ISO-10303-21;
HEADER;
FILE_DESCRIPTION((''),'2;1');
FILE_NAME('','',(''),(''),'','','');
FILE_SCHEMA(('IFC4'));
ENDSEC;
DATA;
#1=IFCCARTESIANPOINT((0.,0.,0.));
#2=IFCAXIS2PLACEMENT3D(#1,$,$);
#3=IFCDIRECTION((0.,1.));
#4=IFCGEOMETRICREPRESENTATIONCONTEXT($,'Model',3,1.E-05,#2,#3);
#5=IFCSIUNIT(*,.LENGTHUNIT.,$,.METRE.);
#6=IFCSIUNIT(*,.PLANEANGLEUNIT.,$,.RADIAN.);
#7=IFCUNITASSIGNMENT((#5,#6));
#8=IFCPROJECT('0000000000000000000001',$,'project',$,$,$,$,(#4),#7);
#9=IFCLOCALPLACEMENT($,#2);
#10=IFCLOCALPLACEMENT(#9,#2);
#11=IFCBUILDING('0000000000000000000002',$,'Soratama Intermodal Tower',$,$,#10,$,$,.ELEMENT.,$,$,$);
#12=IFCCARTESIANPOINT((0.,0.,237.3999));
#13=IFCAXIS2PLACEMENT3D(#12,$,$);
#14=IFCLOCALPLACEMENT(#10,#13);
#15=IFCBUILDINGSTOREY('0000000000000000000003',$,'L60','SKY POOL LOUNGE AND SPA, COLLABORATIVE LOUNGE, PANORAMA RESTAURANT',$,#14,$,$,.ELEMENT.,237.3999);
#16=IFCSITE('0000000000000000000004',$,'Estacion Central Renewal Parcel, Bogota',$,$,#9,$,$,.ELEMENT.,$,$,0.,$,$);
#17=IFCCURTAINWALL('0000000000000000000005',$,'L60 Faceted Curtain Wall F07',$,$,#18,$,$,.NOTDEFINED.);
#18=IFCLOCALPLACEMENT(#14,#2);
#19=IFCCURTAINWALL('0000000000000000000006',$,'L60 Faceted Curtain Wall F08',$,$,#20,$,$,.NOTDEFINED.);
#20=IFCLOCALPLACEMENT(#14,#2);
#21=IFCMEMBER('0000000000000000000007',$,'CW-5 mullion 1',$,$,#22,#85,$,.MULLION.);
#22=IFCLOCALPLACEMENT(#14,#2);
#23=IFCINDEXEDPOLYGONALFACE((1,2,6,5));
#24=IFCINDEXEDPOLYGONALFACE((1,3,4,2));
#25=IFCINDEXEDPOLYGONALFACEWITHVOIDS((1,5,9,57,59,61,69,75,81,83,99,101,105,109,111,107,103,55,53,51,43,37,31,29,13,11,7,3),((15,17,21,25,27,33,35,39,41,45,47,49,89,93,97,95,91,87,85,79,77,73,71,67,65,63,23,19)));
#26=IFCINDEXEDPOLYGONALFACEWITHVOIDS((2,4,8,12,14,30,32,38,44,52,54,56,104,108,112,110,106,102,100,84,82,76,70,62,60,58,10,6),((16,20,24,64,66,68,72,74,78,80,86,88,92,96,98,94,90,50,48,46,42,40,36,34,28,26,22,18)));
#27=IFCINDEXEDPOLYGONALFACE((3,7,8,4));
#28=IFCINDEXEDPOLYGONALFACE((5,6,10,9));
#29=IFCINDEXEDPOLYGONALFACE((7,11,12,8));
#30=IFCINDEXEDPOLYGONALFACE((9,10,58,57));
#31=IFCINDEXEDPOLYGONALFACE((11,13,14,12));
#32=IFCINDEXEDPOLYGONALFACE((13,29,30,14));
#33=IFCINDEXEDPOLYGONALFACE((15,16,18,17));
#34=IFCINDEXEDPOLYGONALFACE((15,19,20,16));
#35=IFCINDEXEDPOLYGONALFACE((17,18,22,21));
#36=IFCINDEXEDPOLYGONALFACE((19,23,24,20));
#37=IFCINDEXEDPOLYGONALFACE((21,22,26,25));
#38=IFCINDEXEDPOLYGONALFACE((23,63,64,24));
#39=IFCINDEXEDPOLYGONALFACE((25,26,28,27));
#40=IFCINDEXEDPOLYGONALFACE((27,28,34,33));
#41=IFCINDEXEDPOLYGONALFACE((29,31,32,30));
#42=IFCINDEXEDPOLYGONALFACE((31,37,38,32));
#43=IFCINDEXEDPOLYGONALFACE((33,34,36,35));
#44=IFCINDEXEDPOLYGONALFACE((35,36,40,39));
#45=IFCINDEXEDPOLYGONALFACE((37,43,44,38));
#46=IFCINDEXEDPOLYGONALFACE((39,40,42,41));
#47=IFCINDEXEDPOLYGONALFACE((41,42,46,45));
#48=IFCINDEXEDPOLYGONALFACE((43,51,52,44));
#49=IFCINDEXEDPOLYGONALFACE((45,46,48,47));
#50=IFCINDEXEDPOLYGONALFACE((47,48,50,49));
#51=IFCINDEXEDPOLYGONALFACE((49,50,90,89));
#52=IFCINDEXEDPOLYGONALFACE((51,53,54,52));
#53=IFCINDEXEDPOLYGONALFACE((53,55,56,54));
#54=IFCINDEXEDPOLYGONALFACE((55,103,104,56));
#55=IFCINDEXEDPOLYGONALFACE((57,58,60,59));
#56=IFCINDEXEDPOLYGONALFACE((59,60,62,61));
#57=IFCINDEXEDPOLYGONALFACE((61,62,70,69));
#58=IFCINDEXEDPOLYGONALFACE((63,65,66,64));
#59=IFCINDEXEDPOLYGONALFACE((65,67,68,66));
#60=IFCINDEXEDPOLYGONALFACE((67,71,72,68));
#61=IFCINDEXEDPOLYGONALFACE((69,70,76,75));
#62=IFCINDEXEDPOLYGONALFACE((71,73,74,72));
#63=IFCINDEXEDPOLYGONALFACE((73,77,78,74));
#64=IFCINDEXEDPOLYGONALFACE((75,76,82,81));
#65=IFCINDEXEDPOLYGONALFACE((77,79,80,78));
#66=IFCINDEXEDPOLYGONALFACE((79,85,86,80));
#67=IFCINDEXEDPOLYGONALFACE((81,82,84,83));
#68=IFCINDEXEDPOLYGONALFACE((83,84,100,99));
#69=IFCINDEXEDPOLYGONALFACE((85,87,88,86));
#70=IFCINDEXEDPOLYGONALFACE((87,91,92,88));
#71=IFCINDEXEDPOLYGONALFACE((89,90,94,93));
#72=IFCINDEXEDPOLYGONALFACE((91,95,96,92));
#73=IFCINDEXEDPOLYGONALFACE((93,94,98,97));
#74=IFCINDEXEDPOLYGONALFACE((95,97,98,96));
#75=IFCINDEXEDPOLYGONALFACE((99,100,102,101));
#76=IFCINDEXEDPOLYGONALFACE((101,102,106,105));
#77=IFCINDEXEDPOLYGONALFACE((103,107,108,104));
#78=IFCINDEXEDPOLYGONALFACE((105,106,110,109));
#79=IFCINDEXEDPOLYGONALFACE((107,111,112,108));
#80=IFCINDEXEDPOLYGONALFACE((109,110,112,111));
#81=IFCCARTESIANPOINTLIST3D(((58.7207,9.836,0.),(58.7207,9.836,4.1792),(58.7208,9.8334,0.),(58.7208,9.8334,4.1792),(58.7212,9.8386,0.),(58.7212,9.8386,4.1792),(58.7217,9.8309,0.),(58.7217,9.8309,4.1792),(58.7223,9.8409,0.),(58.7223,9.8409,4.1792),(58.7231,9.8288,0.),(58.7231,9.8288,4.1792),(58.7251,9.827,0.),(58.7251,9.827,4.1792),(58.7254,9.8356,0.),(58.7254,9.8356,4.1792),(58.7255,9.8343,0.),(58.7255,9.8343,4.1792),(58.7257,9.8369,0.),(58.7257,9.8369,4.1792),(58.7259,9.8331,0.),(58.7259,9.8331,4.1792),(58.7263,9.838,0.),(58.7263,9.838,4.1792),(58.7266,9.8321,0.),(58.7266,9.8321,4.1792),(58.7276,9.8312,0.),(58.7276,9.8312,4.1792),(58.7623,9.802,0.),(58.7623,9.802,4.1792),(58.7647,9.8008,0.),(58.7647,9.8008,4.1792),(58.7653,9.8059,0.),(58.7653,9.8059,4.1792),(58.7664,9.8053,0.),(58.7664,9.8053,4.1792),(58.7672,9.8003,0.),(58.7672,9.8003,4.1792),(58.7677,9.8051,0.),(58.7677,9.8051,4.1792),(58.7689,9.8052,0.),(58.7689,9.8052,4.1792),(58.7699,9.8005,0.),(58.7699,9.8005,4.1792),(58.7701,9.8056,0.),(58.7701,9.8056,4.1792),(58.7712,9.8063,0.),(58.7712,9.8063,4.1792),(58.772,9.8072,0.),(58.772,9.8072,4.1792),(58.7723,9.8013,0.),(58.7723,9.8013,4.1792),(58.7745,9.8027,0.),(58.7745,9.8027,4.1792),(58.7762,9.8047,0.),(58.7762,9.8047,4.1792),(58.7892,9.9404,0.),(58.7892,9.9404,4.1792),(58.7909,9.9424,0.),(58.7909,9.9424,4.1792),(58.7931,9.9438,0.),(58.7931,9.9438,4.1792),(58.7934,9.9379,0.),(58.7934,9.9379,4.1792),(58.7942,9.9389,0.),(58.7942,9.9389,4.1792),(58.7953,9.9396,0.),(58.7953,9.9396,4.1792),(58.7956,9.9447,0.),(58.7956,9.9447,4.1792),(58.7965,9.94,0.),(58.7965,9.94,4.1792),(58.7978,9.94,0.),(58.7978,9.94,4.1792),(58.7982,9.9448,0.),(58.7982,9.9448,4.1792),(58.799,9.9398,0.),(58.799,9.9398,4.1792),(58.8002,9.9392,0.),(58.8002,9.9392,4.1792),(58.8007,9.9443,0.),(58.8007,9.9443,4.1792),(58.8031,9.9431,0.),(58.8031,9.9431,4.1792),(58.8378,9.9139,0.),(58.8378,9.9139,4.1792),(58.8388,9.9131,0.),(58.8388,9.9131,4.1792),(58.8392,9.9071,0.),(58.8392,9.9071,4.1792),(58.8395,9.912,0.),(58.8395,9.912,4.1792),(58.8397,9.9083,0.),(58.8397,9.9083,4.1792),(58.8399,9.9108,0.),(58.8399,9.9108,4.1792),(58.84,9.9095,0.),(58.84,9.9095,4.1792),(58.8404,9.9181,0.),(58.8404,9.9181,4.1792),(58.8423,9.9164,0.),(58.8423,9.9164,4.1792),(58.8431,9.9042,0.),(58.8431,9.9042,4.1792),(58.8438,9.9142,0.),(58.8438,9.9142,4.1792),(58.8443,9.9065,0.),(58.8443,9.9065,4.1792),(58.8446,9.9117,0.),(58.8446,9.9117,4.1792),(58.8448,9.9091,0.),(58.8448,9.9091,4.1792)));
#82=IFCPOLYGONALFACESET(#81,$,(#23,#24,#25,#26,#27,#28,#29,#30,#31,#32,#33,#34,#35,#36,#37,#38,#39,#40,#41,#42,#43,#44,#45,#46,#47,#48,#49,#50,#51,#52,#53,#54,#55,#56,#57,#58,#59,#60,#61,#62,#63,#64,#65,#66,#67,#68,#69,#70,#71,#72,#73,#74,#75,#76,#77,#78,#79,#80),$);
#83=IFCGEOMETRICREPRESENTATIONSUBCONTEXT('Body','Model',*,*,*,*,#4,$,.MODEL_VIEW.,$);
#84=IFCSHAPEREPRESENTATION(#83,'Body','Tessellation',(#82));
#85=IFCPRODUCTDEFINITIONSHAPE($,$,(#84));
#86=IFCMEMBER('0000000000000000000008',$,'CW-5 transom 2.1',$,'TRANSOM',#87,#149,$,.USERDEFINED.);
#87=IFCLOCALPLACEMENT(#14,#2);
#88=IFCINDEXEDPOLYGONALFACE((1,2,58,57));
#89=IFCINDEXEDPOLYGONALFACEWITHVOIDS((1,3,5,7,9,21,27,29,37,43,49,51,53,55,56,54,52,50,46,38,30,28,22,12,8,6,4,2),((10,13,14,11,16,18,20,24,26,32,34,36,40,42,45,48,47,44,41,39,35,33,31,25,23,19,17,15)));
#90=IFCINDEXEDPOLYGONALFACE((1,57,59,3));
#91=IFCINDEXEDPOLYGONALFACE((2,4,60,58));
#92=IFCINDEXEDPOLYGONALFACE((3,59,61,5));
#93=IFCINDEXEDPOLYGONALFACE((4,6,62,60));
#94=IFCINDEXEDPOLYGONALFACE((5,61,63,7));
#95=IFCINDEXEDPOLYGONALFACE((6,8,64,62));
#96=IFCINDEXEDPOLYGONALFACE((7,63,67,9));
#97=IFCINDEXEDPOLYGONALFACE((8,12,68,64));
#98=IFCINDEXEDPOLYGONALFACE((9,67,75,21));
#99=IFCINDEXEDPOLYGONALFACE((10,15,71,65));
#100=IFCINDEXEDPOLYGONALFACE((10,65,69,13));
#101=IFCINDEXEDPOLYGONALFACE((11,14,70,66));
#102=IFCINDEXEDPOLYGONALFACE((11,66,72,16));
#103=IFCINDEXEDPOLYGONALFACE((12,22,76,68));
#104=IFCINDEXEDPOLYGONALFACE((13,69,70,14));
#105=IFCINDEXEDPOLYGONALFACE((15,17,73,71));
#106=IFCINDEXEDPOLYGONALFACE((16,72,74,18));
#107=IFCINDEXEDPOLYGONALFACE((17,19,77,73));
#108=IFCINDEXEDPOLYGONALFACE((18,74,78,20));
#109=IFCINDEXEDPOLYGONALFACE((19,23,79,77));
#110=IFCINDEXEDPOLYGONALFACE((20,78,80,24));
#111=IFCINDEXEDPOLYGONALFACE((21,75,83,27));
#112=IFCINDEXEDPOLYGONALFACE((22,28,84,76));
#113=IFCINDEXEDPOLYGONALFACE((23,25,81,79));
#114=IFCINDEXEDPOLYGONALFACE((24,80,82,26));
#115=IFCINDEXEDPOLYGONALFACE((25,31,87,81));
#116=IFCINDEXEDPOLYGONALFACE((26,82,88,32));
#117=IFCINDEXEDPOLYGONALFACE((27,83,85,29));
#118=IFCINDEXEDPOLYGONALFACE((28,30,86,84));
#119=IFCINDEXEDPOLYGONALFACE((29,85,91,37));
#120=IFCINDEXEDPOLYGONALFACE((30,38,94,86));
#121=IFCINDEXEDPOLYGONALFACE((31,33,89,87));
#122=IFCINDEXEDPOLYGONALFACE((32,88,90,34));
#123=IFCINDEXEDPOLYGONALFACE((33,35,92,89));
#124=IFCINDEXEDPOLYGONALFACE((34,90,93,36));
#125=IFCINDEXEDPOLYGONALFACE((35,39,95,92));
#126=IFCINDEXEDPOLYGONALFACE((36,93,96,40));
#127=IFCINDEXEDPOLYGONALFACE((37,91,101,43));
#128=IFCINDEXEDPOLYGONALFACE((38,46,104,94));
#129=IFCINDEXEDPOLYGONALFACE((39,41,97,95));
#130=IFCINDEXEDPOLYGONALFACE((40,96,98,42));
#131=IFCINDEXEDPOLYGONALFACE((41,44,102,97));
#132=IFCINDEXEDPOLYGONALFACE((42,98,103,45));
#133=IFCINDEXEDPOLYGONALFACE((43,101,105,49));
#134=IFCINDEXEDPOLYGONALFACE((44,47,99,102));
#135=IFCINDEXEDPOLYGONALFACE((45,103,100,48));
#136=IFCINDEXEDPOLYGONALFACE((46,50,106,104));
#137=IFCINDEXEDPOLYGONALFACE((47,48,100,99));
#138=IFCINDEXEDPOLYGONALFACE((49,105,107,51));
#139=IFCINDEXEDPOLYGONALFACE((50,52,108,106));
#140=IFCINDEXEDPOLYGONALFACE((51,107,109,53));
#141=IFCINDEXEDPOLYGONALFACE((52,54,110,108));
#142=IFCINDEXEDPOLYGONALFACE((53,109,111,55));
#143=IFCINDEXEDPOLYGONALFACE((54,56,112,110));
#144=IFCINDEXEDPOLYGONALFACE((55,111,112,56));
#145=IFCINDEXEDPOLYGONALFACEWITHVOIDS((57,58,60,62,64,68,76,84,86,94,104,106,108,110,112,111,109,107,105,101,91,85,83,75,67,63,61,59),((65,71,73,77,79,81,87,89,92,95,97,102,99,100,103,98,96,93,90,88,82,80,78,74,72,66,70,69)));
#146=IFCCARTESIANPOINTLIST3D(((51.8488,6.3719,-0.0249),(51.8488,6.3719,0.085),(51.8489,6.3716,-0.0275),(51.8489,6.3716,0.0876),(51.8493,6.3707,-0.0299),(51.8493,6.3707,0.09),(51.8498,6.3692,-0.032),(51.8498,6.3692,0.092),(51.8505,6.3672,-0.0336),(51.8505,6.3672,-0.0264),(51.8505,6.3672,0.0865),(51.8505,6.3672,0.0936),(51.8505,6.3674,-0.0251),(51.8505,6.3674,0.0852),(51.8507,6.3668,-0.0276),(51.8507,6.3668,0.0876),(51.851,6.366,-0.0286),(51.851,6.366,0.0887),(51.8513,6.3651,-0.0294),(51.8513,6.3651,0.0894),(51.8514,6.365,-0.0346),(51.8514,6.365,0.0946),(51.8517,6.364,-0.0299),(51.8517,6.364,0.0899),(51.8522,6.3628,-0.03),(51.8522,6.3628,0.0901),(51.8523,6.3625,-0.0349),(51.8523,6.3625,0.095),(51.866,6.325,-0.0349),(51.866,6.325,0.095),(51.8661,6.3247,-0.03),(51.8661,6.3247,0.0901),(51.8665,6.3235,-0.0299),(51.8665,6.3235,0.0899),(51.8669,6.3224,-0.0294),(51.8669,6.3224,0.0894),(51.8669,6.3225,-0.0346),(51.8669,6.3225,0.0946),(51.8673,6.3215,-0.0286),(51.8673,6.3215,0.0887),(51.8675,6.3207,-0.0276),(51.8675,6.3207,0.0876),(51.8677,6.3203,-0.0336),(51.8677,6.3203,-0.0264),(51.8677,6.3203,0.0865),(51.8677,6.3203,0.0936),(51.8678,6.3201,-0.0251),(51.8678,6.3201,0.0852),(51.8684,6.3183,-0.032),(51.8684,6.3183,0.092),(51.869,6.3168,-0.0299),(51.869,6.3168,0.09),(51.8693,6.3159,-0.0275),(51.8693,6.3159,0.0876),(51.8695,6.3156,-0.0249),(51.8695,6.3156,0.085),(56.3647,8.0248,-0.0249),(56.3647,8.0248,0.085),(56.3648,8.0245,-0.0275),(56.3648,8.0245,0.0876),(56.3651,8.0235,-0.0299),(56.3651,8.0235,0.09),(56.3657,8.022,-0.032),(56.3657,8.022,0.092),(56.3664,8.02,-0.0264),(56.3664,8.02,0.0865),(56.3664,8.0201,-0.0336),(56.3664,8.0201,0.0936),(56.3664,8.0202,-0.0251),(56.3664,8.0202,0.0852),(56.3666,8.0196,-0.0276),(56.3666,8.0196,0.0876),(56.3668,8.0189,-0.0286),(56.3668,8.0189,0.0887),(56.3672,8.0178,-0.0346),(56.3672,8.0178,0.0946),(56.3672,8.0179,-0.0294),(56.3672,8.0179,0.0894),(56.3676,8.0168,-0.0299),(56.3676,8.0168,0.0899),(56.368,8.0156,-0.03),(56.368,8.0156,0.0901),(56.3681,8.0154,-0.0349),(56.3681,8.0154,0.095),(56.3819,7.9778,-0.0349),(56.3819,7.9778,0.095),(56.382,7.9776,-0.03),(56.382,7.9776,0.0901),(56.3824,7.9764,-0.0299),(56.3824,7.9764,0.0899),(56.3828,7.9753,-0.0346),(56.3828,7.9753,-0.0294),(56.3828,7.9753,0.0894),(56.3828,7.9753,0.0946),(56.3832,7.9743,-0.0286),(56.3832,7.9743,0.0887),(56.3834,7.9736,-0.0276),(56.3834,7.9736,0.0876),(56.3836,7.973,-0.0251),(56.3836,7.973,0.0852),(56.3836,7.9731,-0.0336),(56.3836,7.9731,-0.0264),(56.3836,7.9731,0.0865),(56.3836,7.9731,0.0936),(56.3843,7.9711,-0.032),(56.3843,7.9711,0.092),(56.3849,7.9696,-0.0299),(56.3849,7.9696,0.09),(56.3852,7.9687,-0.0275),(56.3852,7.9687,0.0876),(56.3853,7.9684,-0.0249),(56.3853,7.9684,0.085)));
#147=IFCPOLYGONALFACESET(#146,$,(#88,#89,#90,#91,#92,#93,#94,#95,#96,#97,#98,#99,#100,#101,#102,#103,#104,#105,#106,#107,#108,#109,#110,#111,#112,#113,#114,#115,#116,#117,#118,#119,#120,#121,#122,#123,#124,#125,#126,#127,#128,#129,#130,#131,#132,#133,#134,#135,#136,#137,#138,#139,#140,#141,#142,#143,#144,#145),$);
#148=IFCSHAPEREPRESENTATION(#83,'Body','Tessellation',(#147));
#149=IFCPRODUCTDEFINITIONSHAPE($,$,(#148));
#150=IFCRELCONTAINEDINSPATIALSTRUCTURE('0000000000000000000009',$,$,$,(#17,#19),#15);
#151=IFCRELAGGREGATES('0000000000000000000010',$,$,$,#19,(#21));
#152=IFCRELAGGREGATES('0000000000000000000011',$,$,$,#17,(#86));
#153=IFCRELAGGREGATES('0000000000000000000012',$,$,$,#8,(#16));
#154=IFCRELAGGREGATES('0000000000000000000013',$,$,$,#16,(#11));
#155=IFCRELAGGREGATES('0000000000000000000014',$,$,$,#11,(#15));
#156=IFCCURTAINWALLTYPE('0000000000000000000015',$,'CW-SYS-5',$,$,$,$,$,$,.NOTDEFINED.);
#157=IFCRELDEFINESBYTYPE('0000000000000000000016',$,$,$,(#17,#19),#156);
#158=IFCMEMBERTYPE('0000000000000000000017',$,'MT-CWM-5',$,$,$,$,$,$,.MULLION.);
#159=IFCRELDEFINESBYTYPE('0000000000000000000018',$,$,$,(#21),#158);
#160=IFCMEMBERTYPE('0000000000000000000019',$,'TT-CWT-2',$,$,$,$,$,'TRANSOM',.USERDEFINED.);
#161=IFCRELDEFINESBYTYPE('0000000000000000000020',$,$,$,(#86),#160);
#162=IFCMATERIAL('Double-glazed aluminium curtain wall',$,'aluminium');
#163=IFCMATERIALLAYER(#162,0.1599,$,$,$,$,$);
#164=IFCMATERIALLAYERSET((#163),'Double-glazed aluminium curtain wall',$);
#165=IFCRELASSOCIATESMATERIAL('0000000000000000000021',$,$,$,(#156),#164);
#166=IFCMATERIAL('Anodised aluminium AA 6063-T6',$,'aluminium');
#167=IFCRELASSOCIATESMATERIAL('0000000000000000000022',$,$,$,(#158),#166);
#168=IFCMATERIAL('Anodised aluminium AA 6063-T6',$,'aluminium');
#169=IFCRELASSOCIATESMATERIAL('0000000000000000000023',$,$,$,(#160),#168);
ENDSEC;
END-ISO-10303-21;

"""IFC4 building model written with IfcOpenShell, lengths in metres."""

from ifc_helpers import new_model, si_unit, direction, frame, origin, origin_2d, place, context, subcontext, project, spatial, hollow_rectangle, extrude, material, layer, layer_set, material_profile, profile_set, type_object, element, aggregate, save


model = new_model("IFC4")

# Units and contexts
model_context = context("Model", 3, precision=1e-05, world=origin(), true_north=direction((0.0, 1.0)))
body_context = subcontext(model_context, "Body", "Model", "MODEL_VIEW")
ifc_project = project(units=[si_unit("LENGTHUNIT", "METRE"), si_unit("PLANEANGLEUNIT", "RADIAN")], contexts=[model_context])

# Site, building, storey
site_placement = place(None, origin())
site = spatial("IfcSite", under=ifc_project, at=site_placement, Name="Estacion Central Renewal Parcel, Bogota", CompositionType="ELEMENT", RefElevation=0.0)
building_placement = place(site_placement, origin())
building = spatial("IfcBuilding", under=site, at=building_placement, Name="Soratama Intermodal Tower", CompositionType="ELEMENT")
storey_placement = place(building_placement, frame((0.0, 0.0, 237.3999)))
storey = spatial("IfcBuildingStorey", under=building, at=storey_placement, Name="L60", Description="SKY POOL LOUNGE AND SPA, COLLABORATIVE LOUNGE, PANORAMA RESTAURANT", CompositionType="ELEMENT", Elevation=237.3999)

# Curtain wall
ifc_material_1 = material(Name="Double-glazed aluminium curtain wall", Category="aluminium")
ifc_layer_1 = layer(ifc_material_1, 0.1599)
ifc_layer_set_1 = layer_set([ifc_layer_1], Name="Double-glazed aluminium curtain wall")
curtain_wall_type = type_object("IfcCurtainWallType", Name="CW-SYS-5", PredefinedType="NOTDEFINED", material=ifc_layer_set_1)
curtain_wall_1_placement = place(storey_placement, origin())
curtain_wall_1 = element("IfcCurtainWall", 1, at=curtain_wall_1_placement, inside=storey, type_object=curtain_wall_type, Name="L60 Faceted Curtain Wall F07", PredefinedType="NOTDEFINED")
ifc_material_2 = material(Name="Anodised aluminium AA 6063-T6", Category="aluminium")
ifc_material_profile_1 = material_profile(ifc_material_2, hollow_rectangle(XDim=0.0649, YDim=0.1399, WallThickness=0.0049, InnerFilletRadius=0.0049, OuterFilletRadius=0.01, at=origin_2d()), Name="CWM140X65X5")
ifc_profile_set_1 = profile_set([ifc_material_profile_1], Name="Anodised aluminium AA 6063-T6")
member_type_1 = type_object("IfcMemberType", Name="MT-CWM-5", PredefinedType="MULLION", material=ifc_profile_set_1)

# Curtain wall, member
curtain_wall_2_placement = place(storey_placement, origin())
curtain_wall_2 = element("IfcCurtainWall", 2, at=curtain_wall_2_placement, inside=storey, type_object=curtain_wall_type, Name="L60 Faceted Curtain Wall F08", PredefinedType="NOTDEFINED")
member_1_placement = place(storey_placement, frame((58.7827, 9.8726, 0.0), z_axis=(0.0, 0.0, 1.0), x_axis=(-0.830013, 0.557744, 0.0)))
member_1 = element("IfcMember", 3, at=member_1_placement, type_object=member_type_1, Name="CW-5 mullion 1", PredefinedType="MULLION", context=body_context, shape_type="SweptSolid", body=[
    extrude(hollow_rectangle(XDim=0.0649, YDim=0.1399, WallThickness=0.0049, InnerFilletRadius=0.0049, OuterFilletRadius=0.01, at=origin_2d()), origin(), (0.0, 0.0, 1.0), 4.1792),
])

# Member
ifc_material_3 = material(Name="Anodised aluminium AA 6063-T6", Category="aluminium")
ifc_material_profile_2 = material_profile(ifc_material_3, hollow_rectangle(XDim=0.0601, YDim=0.1299, WallThickness=0.0049, InnerFilletRadius=0.0049, OuterFilletRadius=0.01, at=origin_2d()), Name="CWT130X60X5")
ifc_profile_set_2 = profile_set([ifc_material_profile_2], Name="Anodised aluminium AA 6063-T6")
member_type_2 = type_object("IfcMemberType", Name="TT-CWT-2", ElementType="TRANSOM", PredefinedType="USERDEFINED", material=ifc_profile_set_2)
member_2_placement = place(storey_placement, frame((51.8591, 6.3438, 0.03), z_axis=(0.939077, 0.343707, 0.0), x_axis=(-0.343707, 0.939077, 0.0)))
member_2 = element("IfcMember", 4, at=member_2_placement, type_object=member_type_2, Name="CW-5 transom 2.1", ObjectType="TRANSOM", PredefinedType="USERDEFINED", context=body_context, shape_type="SweptSolid", body=[
    extrude(hollow_rectangle(XDim=0.0601, YDim=0.1299, WallThickness=0.0049, InnerFilletRadius=0.0049, OuterFilletRadius=0.01, at=origin_2d()), origin(), (0.0, 0.0, 1.0), 4.8088),
])
aggregate(curtain_wall_2, [member_1])

aggregate(curtain_wall_1, [member_2])

save(model, "model.ifc")
